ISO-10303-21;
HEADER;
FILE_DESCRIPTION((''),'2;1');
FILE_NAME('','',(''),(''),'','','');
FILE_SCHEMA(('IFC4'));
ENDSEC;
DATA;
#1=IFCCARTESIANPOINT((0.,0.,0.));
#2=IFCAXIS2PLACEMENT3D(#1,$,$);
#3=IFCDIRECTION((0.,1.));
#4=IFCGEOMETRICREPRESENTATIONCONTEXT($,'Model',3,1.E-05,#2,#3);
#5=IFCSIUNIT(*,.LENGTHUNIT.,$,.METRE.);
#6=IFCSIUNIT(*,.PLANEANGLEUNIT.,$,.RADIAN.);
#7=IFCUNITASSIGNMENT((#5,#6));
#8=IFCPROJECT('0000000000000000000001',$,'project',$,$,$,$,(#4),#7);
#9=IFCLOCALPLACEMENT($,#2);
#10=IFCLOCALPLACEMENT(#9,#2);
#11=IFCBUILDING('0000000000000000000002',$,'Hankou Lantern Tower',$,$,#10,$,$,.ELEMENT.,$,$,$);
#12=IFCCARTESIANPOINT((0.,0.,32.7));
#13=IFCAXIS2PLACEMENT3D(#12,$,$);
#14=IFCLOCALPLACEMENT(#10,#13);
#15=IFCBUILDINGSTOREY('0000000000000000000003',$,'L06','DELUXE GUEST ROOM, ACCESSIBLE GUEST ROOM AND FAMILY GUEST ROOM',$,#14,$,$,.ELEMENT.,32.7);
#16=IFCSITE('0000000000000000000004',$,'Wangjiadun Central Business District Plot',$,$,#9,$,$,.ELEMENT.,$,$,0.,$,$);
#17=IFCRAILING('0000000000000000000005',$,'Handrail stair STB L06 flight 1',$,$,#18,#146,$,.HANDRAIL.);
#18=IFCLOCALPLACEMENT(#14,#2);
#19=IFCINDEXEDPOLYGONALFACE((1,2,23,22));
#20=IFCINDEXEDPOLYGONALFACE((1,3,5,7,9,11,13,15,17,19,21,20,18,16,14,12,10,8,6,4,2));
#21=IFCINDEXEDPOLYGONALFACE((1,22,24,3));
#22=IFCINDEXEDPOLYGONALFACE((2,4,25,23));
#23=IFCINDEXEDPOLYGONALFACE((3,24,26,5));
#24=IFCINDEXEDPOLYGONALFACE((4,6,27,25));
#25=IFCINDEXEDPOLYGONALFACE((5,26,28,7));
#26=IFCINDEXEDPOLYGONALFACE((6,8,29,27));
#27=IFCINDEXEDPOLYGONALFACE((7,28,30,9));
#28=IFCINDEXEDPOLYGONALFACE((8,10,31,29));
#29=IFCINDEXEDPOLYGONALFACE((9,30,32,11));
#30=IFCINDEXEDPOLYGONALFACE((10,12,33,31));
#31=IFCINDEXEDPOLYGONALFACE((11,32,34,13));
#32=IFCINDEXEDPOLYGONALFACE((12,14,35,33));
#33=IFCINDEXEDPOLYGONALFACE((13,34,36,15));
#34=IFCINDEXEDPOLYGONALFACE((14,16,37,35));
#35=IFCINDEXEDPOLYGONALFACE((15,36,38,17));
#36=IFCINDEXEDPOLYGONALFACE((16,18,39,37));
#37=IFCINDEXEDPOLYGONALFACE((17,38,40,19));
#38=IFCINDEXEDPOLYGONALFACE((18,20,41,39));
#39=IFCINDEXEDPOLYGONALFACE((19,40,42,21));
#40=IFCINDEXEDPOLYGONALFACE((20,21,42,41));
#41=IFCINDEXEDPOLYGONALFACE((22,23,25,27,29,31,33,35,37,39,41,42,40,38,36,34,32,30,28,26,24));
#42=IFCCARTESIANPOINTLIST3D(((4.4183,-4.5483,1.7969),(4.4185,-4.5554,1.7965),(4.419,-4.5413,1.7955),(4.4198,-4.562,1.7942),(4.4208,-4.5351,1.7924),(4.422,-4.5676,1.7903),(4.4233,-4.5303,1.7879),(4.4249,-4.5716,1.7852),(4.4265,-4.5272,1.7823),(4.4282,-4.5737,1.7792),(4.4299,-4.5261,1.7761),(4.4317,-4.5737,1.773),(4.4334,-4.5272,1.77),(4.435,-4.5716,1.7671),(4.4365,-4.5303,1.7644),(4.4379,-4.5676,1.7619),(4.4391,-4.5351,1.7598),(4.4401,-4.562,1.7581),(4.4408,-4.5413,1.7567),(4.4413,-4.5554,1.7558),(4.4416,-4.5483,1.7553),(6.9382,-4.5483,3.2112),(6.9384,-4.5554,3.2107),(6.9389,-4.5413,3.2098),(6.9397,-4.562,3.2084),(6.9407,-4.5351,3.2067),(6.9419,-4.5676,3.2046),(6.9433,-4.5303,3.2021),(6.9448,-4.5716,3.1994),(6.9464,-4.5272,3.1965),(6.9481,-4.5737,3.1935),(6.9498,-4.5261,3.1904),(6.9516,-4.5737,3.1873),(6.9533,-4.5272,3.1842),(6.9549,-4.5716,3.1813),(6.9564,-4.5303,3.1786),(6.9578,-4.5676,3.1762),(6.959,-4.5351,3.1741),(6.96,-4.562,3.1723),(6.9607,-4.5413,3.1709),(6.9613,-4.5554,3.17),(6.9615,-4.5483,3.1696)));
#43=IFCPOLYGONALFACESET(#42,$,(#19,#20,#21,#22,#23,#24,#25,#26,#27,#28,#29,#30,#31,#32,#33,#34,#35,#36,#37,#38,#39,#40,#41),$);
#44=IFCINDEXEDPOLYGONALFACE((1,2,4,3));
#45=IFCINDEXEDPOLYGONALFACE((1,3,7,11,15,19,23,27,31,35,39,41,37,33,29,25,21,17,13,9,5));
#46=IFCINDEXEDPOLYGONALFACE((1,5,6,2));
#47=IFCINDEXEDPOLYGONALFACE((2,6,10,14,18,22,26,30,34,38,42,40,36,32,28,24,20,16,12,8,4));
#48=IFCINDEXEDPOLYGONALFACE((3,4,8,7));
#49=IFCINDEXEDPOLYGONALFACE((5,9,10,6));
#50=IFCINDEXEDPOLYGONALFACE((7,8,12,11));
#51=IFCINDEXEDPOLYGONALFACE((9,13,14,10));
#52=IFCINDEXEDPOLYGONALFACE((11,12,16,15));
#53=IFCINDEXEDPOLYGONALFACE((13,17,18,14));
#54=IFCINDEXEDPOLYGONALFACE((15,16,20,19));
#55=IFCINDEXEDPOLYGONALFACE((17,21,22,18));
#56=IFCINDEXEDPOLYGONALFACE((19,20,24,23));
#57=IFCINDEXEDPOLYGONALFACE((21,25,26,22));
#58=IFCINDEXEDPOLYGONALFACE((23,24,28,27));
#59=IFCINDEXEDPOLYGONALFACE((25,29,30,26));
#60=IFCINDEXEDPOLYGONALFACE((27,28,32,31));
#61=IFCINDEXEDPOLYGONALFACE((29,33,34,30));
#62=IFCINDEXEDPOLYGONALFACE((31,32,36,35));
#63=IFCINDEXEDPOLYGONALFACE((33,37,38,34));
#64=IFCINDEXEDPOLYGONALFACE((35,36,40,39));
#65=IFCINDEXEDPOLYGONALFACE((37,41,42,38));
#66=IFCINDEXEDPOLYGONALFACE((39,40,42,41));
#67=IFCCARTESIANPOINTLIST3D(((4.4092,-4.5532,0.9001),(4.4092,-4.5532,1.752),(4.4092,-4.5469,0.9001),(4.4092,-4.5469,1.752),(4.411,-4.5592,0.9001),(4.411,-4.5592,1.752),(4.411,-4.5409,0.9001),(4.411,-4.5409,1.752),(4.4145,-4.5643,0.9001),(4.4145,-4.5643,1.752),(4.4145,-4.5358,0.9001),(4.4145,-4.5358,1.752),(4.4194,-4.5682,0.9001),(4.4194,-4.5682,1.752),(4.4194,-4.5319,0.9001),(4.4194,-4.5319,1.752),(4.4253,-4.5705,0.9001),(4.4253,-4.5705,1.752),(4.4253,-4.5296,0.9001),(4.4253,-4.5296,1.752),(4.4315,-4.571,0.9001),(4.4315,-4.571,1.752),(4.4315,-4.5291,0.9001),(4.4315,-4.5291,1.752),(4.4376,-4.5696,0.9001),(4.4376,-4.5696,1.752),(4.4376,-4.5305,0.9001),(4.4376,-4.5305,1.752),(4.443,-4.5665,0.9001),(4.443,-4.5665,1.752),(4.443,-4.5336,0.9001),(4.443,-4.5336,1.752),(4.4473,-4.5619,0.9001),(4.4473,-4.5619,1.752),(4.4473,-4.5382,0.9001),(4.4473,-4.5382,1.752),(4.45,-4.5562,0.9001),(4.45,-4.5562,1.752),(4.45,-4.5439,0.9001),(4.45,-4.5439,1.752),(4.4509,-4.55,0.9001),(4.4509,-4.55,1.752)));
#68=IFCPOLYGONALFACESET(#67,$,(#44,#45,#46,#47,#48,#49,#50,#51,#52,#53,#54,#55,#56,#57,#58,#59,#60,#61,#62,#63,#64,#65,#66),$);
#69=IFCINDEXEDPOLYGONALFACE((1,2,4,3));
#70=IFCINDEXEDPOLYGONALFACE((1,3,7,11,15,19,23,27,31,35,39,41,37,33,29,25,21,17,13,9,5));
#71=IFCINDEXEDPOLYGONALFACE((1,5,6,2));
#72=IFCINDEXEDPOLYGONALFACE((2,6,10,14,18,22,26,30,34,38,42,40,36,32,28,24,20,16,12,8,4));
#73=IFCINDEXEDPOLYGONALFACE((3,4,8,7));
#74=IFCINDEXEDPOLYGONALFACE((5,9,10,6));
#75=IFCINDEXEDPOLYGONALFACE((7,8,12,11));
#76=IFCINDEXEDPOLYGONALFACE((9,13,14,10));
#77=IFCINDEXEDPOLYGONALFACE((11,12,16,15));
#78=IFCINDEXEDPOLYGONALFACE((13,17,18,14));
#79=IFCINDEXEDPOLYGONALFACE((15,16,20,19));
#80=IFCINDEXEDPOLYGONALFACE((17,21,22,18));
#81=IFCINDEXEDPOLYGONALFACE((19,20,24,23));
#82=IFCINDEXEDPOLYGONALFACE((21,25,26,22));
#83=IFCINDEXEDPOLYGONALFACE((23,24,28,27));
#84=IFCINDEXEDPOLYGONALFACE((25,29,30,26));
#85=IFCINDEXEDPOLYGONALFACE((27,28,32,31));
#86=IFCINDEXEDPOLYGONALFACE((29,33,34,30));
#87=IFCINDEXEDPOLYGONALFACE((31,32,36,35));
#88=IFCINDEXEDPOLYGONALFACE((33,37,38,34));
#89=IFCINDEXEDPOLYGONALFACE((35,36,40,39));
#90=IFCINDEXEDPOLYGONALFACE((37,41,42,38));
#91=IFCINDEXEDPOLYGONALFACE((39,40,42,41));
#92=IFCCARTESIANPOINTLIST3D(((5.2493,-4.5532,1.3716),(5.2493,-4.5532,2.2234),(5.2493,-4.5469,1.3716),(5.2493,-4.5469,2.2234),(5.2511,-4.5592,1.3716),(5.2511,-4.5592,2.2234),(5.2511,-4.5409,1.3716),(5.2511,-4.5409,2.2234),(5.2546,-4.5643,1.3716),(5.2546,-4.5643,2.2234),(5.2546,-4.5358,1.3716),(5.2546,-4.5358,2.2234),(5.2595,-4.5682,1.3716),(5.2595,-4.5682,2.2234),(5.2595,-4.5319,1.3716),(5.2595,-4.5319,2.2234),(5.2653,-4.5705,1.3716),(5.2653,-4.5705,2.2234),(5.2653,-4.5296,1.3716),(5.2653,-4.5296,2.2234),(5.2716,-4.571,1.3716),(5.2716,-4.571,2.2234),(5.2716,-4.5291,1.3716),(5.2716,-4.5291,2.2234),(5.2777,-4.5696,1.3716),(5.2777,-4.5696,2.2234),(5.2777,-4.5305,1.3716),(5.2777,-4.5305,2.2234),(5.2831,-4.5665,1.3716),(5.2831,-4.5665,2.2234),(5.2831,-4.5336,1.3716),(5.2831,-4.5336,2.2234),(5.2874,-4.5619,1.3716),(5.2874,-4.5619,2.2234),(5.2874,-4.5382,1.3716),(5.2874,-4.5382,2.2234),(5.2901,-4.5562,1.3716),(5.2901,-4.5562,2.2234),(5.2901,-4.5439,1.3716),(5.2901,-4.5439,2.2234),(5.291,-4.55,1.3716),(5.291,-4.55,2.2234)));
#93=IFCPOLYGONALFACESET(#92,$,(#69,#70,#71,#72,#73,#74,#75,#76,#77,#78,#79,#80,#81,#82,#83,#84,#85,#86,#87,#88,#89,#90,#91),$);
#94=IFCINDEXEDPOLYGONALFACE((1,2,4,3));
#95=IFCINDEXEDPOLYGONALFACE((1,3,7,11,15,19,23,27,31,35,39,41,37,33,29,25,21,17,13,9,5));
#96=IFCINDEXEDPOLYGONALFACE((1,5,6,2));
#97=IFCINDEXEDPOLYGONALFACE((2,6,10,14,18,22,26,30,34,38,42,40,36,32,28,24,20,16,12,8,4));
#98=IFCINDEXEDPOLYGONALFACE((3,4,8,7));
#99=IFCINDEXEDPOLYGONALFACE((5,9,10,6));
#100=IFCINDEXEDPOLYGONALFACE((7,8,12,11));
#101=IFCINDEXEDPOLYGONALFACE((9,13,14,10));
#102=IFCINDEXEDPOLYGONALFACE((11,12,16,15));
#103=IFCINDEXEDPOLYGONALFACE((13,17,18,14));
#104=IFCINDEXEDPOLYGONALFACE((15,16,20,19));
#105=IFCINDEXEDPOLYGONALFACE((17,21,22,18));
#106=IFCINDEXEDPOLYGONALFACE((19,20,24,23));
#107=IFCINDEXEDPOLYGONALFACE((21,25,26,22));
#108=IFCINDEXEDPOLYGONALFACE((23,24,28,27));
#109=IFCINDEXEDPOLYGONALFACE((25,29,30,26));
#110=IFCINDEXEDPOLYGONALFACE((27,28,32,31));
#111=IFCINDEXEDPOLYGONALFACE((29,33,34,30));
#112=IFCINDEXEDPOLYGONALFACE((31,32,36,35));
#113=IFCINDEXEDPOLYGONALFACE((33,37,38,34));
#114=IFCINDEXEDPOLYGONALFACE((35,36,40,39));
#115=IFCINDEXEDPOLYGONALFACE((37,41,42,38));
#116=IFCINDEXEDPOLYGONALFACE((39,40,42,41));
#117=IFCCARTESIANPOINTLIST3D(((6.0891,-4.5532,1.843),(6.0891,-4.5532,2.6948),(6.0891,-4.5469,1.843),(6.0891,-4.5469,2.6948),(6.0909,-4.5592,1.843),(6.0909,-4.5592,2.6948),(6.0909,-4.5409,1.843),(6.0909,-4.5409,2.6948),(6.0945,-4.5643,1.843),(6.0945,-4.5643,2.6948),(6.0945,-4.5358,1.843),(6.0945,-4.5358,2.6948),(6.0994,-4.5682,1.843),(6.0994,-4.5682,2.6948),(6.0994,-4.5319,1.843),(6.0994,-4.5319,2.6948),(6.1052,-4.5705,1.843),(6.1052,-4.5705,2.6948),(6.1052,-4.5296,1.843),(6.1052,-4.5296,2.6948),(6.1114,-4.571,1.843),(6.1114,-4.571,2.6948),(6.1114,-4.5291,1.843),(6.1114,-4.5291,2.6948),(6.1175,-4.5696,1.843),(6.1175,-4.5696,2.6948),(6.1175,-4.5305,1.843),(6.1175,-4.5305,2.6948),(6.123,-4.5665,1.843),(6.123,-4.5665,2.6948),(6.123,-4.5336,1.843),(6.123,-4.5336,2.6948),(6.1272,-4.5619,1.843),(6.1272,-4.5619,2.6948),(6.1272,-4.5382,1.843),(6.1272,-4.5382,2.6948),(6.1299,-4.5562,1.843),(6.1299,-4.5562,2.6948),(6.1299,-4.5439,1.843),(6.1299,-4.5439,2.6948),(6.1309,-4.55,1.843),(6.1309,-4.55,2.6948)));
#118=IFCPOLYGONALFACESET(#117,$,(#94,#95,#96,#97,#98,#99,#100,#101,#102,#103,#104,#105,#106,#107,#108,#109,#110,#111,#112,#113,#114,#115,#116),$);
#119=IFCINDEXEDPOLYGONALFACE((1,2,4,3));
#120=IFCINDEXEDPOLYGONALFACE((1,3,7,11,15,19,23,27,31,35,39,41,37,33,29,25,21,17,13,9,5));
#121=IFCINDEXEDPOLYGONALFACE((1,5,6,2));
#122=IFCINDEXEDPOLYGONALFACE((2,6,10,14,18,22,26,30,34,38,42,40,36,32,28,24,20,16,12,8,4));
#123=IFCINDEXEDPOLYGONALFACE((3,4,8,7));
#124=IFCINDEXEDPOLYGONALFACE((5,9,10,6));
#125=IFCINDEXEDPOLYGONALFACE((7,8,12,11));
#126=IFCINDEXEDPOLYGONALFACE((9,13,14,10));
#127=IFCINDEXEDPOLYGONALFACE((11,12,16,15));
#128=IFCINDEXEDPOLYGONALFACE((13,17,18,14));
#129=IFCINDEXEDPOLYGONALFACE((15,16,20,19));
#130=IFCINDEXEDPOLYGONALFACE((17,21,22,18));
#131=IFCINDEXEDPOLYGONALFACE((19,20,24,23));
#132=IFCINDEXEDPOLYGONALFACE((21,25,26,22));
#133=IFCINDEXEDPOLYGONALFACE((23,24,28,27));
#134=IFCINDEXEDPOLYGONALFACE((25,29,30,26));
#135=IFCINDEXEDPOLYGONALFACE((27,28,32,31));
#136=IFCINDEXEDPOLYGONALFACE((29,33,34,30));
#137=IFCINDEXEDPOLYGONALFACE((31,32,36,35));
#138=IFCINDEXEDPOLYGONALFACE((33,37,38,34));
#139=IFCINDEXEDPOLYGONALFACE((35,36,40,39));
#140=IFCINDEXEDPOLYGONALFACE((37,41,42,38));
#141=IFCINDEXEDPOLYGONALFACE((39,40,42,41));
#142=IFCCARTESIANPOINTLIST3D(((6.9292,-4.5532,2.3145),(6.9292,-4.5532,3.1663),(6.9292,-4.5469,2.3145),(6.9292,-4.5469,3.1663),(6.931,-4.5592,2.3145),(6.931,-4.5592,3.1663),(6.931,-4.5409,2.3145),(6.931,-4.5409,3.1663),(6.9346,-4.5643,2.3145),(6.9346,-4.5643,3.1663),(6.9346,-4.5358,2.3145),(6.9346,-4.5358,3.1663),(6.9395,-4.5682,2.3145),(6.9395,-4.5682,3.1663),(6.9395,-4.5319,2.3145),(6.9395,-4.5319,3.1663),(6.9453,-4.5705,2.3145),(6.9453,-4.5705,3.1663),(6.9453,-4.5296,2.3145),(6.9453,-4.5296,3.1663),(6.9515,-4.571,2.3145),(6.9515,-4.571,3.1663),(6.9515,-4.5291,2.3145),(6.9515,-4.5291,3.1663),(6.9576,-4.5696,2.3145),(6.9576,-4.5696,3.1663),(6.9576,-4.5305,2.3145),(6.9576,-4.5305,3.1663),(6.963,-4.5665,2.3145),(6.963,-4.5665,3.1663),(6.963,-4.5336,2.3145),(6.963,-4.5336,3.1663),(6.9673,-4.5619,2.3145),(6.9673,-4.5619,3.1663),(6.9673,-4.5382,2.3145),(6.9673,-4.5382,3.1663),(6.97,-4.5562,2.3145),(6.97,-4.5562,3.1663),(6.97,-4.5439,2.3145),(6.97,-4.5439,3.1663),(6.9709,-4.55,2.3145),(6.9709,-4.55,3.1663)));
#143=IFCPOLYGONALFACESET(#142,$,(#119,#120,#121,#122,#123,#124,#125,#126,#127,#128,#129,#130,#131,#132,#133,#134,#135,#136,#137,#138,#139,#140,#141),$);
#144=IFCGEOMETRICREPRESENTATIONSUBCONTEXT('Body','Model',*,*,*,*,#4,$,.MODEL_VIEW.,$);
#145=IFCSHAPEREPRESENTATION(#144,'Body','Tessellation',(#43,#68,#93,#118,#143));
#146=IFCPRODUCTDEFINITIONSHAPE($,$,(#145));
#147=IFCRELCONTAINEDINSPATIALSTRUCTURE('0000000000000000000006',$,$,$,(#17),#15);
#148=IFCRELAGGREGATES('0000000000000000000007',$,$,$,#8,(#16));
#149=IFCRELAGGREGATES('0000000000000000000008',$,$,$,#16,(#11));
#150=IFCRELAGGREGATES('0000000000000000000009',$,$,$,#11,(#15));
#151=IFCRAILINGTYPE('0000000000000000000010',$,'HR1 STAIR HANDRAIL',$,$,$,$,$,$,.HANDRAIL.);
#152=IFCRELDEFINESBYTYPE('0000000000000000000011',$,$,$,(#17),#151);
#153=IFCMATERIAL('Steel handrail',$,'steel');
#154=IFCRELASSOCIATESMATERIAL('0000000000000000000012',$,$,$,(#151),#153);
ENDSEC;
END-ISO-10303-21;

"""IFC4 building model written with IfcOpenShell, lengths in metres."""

from ifc_helpers import new_model, si_unit, direction, frame, origin, origin_2d, place, context, subcontext, project, spatial, circle, extrude, material, type_object, element, save


model = new_model("IFC4")

# Units and contexts
model_context = context("Model", 3, precision=1e-05, world=origin(), true_north=direction((0.0, 1.0)))
body_context = subcontext(model_context, "Body", "Model", "MODEL_VIEW")
ifc_project = project(units=[si_unit("LENGTHUNIT", "METRE"), si_unit("PLANEANGLEUNIT", "RADIAN")], contexts=[model_context])

# Site, building, storey
site_placement = place(None, origin())
site = spatial("IfcSite", under=ifc_project, at=site_placement, Name="Wangjiadun Central Business District Plot", CompositionType="ELEMENT", RefElevation=0.0)
building_placement = place(site_placement, origin())
building = spatial("IfcBuilding", under=site, at=building_placement, Name="Hankou Lantern Tower", CompositionType="ELEMENT")
storey_placement = place(building_placement, frame((0.0, 0.0, 32.7)))
storey = spatial("IfcBuildingStorey", under=building, at=storey_placement, Name="L06", Description="DELUXE GUEST ROOM, ACCESSIBLE GUEST ROOM AND FAMILY GUEST ROOM", CompositionType="ELEMENT", Elevation=32.7)

# Railing
ifc_material_1 = material(Name="Steel handrail", Category="steel")
railing_type = type_object("IfcRailingType", Name="HR1 STAIR HANDRAIL", PredefinedType="HANDRAIL", material=ifc_material_1)
railing_1_placement = place(storey_placement, frame((4.4299, -4.55, 0.9001)))
element("IfcRailing", 1, at=railing_1_placement, inside=storey, type_object=railing_type, Name="Handrail stair STB L06 flight 1", PredefinedType="HANDRAIL", context=body_context, shape_type="SweptSolid", body=[
    extrude(circle(Radius=0.0239, at=origin_2d()), frame((0.0, 0.0, 0.876), z_axis=(0.872049, 0.0, 0.489419), x_axis=(0.0, 1.0, 0.0)), (0.0, 0.0, 1.0), 2.8896),
    extrude(circle(Radius=0.021, at=origin_2d()), origin(), (0.0, 0.0, 1.0), 0.8518),
    extrude(circle(Radius=0.021, at=origin_2d()), frame((0.8401, 0.0, 0.4714)), (0.0, 0.0, 1.0), 0.8518),
    extrude(circle(Radius=0.021, at=origin_2d()), frame((1.6799, 0.0, 0.9429)), (0.0, 0.0, 1.0), 0.8518),
    extrude(circle(Radius=0.021, at=origin_2d()), frame((2.52, 0.0, 1.4143)), (0.0, 0.0, 1.0), 0.8518),
])

save(model, "model.ifc")
